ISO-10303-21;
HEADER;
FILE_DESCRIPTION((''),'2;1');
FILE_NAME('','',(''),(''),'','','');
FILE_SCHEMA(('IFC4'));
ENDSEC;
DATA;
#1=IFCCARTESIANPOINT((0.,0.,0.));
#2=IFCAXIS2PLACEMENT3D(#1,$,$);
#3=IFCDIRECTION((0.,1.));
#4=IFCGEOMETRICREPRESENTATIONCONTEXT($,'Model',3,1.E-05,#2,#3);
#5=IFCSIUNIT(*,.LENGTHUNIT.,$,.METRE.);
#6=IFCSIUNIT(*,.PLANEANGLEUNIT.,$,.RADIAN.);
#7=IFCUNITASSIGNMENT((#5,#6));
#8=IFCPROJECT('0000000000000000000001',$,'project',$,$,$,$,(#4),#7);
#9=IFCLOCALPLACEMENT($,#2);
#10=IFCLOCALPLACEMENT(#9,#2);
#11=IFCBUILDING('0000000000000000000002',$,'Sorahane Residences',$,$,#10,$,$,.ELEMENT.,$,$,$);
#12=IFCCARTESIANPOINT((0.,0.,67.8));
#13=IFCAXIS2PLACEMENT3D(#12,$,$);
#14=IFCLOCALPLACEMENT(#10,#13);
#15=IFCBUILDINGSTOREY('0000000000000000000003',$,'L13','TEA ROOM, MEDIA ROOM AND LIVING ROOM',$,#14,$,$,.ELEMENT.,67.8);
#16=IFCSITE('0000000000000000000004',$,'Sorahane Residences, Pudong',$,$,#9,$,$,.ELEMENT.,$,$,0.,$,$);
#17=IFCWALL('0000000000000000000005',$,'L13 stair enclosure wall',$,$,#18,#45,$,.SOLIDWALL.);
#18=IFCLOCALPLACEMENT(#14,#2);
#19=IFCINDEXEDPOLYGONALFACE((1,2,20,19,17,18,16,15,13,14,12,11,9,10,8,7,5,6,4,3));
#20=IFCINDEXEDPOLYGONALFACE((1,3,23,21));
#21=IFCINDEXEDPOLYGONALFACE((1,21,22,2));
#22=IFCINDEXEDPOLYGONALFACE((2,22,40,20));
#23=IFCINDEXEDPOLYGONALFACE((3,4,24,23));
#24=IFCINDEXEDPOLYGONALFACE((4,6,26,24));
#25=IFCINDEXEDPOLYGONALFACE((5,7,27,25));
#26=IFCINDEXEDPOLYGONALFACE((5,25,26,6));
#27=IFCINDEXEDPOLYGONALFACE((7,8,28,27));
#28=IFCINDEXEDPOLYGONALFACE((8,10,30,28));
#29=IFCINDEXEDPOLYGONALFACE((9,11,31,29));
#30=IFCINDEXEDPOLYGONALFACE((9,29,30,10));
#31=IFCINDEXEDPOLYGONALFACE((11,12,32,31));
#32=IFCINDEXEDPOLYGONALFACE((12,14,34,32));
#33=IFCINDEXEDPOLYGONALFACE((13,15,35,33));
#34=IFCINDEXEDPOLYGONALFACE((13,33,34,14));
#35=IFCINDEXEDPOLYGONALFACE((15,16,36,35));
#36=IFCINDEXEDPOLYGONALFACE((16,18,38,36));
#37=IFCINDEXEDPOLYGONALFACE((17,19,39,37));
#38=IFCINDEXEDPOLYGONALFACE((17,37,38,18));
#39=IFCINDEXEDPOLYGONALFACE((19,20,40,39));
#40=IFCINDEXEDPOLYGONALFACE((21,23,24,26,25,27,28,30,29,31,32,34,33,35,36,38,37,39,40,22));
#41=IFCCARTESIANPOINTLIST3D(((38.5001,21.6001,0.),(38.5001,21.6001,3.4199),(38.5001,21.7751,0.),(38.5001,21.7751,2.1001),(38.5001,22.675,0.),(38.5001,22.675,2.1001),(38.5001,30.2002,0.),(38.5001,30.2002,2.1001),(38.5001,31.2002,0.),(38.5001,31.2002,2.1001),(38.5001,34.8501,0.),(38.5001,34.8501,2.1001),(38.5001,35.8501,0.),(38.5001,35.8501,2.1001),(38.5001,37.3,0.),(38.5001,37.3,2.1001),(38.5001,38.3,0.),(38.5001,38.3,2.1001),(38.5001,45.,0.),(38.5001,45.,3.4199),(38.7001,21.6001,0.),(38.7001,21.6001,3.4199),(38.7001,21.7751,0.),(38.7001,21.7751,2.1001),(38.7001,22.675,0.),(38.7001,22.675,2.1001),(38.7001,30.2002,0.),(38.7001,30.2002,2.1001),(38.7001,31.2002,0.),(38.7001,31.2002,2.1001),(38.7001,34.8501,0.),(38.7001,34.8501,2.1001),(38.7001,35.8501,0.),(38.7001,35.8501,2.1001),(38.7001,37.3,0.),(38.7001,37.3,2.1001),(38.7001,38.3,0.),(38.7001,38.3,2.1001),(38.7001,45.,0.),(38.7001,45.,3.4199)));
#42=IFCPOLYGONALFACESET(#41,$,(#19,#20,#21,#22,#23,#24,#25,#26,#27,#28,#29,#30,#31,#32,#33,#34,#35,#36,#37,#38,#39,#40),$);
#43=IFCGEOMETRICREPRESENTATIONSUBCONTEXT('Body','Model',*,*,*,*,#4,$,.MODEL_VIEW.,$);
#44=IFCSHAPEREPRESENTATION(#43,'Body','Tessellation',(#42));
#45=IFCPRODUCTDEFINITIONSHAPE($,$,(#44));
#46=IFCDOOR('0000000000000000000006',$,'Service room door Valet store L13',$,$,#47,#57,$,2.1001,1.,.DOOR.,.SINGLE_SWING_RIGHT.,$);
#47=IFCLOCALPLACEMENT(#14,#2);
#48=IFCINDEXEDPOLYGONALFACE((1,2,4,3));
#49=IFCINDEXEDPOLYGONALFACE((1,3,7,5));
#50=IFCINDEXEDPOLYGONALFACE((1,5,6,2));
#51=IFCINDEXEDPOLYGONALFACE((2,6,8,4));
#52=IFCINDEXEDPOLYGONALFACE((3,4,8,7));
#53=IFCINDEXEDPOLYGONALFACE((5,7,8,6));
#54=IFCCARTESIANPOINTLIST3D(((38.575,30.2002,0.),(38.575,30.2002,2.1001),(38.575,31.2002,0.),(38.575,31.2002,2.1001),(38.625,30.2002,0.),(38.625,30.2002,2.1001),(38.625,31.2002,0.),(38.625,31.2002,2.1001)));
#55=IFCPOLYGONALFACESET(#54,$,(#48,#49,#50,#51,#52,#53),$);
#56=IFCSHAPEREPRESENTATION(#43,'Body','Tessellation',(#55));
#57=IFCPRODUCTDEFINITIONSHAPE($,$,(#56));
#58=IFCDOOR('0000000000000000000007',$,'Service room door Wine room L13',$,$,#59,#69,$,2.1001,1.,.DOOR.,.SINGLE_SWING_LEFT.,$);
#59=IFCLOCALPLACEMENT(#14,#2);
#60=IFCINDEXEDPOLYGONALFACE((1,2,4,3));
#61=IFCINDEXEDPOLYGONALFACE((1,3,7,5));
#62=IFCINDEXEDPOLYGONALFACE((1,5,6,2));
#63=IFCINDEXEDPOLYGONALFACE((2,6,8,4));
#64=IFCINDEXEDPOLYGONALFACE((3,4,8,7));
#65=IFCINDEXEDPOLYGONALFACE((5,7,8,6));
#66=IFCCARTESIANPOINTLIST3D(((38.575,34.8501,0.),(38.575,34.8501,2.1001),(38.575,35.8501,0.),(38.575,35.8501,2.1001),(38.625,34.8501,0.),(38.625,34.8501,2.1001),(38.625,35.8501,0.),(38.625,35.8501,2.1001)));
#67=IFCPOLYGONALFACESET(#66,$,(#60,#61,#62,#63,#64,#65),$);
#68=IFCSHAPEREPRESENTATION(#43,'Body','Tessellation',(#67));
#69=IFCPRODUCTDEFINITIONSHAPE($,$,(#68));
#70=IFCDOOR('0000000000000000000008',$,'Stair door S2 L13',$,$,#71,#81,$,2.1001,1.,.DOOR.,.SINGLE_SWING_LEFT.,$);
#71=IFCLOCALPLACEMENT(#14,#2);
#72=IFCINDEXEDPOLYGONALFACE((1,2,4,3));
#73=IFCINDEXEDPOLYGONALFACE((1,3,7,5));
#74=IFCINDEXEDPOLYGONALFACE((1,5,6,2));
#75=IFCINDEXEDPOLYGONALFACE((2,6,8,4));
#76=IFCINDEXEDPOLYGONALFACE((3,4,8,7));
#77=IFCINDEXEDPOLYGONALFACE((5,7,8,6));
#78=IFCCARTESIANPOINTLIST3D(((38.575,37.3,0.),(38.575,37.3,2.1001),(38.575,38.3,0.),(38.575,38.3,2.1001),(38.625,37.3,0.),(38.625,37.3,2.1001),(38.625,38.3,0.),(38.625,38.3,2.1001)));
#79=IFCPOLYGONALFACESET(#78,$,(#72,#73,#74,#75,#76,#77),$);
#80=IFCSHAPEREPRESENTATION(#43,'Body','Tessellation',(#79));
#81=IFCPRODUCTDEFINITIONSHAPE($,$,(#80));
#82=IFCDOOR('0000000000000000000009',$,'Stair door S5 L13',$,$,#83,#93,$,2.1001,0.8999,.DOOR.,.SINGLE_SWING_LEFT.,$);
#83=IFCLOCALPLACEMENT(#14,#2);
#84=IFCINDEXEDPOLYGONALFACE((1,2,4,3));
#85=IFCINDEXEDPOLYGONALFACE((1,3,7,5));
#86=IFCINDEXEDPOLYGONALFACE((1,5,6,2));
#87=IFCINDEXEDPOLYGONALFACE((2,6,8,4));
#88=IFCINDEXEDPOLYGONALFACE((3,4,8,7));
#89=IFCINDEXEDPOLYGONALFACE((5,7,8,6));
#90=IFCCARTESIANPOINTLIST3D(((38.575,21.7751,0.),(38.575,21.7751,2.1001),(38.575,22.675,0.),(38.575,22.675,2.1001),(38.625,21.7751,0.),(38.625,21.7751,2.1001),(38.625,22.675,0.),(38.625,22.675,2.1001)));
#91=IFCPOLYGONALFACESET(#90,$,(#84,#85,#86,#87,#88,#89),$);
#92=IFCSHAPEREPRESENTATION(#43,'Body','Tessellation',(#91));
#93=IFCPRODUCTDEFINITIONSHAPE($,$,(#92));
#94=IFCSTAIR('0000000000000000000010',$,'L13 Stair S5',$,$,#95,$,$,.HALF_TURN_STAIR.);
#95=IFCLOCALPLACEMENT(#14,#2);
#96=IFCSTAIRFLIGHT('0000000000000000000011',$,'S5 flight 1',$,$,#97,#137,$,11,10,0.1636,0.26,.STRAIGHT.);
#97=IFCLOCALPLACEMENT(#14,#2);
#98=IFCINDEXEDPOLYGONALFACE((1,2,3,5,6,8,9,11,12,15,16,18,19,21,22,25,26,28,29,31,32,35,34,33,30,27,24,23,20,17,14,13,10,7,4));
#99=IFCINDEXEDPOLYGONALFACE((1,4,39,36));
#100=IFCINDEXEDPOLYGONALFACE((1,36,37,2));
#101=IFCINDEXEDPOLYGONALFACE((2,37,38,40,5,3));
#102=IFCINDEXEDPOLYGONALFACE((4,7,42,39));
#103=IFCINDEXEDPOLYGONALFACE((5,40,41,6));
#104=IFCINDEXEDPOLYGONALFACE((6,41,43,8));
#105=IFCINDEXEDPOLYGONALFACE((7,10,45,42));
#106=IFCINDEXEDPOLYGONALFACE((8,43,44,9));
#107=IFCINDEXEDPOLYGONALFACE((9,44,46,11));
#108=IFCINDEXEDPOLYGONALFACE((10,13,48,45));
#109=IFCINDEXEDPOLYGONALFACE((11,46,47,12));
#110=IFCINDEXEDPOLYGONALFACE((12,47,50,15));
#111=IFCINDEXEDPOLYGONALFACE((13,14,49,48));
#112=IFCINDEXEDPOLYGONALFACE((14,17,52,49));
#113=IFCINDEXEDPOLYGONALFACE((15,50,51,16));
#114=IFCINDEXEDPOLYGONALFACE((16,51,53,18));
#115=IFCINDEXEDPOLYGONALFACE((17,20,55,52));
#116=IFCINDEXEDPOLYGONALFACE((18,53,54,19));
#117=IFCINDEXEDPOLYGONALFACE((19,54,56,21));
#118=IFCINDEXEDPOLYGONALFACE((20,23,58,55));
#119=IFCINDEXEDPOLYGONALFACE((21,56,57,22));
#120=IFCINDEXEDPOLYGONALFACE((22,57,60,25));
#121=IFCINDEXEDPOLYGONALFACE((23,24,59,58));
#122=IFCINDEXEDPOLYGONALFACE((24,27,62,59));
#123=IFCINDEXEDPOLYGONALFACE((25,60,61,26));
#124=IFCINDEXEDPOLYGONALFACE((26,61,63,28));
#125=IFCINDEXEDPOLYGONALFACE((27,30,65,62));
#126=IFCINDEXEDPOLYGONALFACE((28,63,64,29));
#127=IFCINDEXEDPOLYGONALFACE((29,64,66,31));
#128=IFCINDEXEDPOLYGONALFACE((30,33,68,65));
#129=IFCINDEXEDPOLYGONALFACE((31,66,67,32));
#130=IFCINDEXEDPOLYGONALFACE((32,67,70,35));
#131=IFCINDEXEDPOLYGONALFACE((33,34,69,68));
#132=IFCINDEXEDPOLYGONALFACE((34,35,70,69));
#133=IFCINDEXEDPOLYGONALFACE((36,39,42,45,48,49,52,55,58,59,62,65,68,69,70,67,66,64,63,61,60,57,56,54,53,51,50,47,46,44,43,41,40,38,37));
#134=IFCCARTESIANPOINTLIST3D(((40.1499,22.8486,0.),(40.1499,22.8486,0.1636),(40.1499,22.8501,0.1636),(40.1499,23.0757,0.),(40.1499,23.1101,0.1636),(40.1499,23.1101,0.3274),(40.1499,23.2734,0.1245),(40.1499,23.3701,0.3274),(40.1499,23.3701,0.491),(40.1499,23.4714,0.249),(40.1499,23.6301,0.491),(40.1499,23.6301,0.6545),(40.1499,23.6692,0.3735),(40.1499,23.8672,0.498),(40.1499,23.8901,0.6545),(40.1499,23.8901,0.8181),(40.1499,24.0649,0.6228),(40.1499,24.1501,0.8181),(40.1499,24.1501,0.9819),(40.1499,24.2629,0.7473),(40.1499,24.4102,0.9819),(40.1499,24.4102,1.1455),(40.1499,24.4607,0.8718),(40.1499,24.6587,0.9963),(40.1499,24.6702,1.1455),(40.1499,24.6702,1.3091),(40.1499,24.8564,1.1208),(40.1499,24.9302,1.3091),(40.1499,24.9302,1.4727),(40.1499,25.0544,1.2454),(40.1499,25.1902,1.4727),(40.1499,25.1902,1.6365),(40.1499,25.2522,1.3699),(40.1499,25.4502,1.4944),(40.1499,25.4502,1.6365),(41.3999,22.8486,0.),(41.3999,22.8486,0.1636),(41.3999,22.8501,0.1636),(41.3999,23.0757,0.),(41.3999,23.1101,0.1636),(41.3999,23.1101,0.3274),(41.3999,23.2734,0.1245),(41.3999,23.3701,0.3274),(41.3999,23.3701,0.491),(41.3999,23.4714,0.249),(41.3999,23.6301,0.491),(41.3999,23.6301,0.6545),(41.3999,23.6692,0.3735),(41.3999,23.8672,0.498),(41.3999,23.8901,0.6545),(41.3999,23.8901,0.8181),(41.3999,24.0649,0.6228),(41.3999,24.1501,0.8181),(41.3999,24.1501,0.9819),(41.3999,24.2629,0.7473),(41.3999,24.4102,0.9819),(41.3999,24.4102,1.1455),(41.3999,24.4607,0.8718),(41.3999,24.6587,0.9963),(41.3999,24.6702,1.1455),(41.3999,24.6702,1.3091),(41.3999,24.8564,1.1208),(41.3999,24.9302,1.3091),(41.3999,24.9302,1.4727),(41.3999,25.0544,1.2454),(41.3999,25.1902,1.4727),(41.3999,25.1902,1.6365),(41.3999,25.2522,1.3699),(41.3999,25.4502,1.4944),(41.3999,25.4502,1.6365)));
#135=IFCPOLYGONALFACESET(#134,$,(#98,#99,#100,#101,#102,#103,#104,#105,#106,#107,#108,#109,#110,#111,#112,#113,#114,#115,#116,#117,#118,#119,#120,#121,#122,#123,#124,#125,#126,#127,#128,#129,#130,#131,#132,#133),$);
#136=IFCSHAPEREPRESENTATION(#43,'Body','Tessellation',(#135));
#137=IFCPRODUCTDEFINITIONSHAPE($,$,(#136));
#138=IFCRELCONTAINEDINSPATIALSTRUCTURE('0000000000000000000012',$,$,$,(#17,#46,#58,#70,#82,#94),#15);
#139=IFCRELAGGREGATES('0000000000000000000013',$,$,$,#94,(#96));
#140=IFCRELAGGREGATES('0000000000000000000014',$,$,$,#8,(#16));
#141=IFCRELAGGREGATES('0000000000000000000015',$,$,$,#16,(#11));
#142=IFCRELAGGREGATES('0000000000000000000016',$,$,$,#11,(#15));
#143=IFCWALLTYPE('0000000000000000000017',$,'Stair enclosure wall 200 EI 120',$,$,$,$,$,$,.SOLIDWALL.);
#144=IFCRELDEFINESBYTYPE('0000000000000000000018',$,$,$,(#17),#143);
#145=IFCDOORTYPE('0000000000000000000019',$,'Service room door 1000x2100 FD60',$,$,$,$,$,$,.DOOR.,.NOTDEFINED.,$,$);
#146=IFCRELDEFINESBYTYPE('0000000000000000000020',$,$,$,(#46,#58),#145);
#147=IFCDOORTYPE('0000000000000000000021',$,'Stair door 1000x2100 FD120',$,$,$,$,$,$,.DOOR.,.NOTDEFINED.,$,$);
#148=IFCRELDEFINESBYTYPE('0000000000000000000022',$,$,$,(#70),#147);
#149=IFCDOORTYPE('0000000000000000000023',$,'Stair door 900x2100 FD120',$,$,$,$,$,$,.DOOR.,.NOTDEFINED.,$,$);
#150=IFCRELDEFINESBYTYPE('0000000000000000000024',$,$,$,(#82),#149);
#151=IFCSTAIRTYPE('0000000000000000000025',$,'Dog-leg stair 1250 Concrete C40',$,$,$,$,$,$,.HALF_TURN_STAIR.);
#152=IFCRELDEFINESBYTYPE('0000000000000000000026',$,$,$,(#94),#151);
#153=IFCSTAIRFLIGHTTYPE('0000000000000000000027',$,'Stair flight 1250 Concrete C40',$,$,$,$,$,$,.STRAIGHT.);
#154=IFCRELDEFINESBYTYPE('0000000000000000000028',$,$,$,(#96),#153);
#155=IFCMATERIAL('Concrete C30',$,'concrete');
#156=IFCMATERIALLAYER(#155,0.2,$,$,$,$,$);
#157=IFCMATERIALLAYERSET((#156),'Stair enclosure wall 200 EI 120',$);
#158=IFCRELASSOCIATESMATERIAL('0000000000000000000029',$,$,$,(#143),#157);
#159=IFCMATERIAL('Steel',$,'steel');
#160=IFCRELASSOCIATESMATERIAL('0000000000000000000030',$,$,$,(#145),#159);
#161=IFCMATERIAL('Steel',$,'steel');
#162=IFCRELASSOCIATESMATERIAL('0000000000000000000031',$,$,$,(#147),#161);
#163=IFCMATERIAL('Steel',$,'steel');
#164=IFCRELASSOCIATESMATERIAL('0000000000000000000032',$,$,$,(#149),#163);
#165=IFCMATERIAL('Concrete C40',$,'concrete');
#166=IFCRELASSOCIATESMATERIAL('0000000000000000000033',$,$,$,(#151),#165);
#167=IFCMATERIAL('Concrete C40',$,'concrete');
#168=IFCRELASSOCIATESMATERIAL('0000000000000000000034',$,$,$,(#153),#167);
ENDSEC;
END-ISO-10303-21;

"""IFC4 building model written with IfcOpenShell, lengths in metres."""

from ifc_helpers import new_model, si_unit, direction, frame, frame_2d, origin, place, context, subcontext, project, spatial, polyline, rectangle, outline, extrude, material, layer, layer_set, type_object, element, fill, aggregate, save


model = new_model("IFC4")

# Units and contexts
model_context = context("Model", 3, precision=1e-05, world=origin(), true_north=direction((0.0, 1.0)))
body_context = subcontext(model_context, "Body", "Model", "MODEL_VIEW")
ifc_project = project(units=[si_unit("LENGTHUNIT", "METRE"), si_unit("PLANEANGLEUNIT", "RADIAN")], contexts=[model_context])

# Site, building, storey
site_placement = place(None, origin())
site = spatial("IfcSite", under=ifc_project, at=site_placement, Name="Sorahane Residences, Pudong", CompositionType="ELEMENT", RefElevation=0.0)
building_placement = place(site_placement, origin())
building = spatial("IfcBuilding", under=site, at=building_placement, Name="Sorahane Residences", CompositionType="ELEMENT")
storey_placement = place(building_placement, frame((0.0, 0.0, 67.8)))
storey = spatial("IfcBuildingStorey", under=building, at=storey_placement, Name="L13", Description="TEA ROOM, MEDIA ROOM AND LIVING ROOM", CompositionType="ELEMENT", Elevation=67.8)

# Wall, openings, doors
ifc_material_1 = material(Name="Concrete C30", Category="concrete")
ifc_layer_1 = layer(ifc_material_1, 0.2)
ifc_layer_set_1 = layer_set([ifc_layer_1], Name="Stair enclosure wall 200 EI 120")
wall_type_1 = type_object("IfcWallType", Name="Stair enclosure wall 200 EI 120", PredefinedType="SOLIDWALL", material=ifc_layer_set_1)
wall_1_placement = place(storey_placement, frame((38.6001, 21.6001, 0.0), z_axis=(0.0, 0.0, 1.0), x_axis=(0.0, 1.0, 0.0)))
wall_1 = element("IfcWall", 1, at=wall_1_placement, inside=storey, type_object=wall_type_1, Name="L13 stair enclosure wall", PredefinedType="SOLIDWALL", context=body_context, shape_type="SweptSolid", body=[
    extrude(rectangle(XDim=23.3999, YDim=0.2, at=frame_2d((11.7, 0.0))), origin(), (0.0, 0.0, 1.0), 3.4199),
])
opening_1_placement = place(wall_1_placement, frame((8.6001, 0.0, 0.0)))
opening_1 = element("IfcOpeningElement", 2, at=opening_1_placement, cuts=wall_1, PredefinedType="OPENING", context=body_context, shape_type="SweptSolid", body=[
    extrude(rectangle(XDim=1.0, YDim=2.1001, at=frame_2d((0.5, 1.05))), frame((0.0, 0.1099, 0.0), z_axis=(0.0, -1.0, 0.0), x_axis=(1.0, 0.0, 0.0)), (0.0, 0.0, 1.0), 0.22),
])
opening_2_placement = place(wall_1_placement, frame((13.25, 0.0, 0.0)))
opening_2 = element("IfcOpeningElement", 3, at=opening_2_placement, cuts=wall_1, PredefinedType="OPENING", context=body_context, shape_type="SweptSolid", body=[
    extrude(rectangle(XDim=1.0, YDim=2.1001, at=frame_2d((0.5, 1.05))), frame((0.0, 0.1099, 0.0), z_axis=(0.0, -1.0, 0.0), x_axis=(1.0, 0.0, 0.0)), (0.0, 0.0, 1.0), 0.22),
])
opening_3_placement = place(wall_1_placement, frame((15.7, 0.0, 0.0)))
opening_3 = element("IfcOpeningElement", 4, at=opening_3_placement, cuts=wall_1, PredefinedType="OPENING", context=body_context, shape_type="SweptSolid", body=[
    extrude(rectangle(XDim=1.0, YDim=2.1001, at=frame_2d((0.5, 1.05))), frame((0.0, 0.1099, 0.0), z_axis=(0.0, -1.0, 0.0), x_axis=(1.0, 0.0, 0.0)), (0.0, 0.0, 1.0), 0.22),
])
opening_4_placement = place(wall_1_placement, frame((0.175, 0.0, 0.0)))
opening_4 = element("IfcOpeningElement", 5, at=opening_4_placement, cuts=wall_1, PredefinedType="OPENING", context=body_context, shape_type="SweptSolid", body=[
    extrude(rectangle(XDim=0.8999, YDim=2.1001, at=frame_2d((0.45, 1.05))), frame((0.0, 0.1099, 0.0), z_axis=(0.0, -1.0, 0.0), x_axis=(1.0, 0.0, 0.0)), (0.0, 0.0, 1.0), 0.22),
])
ifc_material_2 = material(Name="Steel", Category="steel")
door_type_1 = type_object("IfcDoorType", Name="Service room door 1000x2100 FD60", OperationType="NOTDEFINED", PredefinedType="DOOR", material=ifc_material_2)
door_1_placement = place(opening_1_placement, frame((1.0, 0.0, 0.0), z_axis=(0.0, 0.0, 1.0), x_axis=(-1.0, 0.0, 0.0)))
door_1 = element("IfcDoor", 6, at=door_1_placement, inside=storey, type_object=door_type_1, Name="Service room door Valet store L13", OperationType="SINGLE_SWING_RIGHT", OverallHeight=2.1001, OverallWidth=1.0, PredefinedType="DOOR", context=body_context, shape_type="SweptSolid", body=[
    extrude(rectangle(XDim=1.0, YDim=2.1001, at=frame_2d((0.5, 1.05))), frame((0.0, 0.0249, 0.0), z_axis=(0.0, -1.0, 0.0), x_axis=(1.0, 0.0, 0.0)), (0.0, 0.0, 1.0), 0.05),
])
fill(opening_1, door_1)
door_2_placement = place(opening_2_placement, frame((1.0, 0.0, 0.0), z_axis=(0.0, 0.0, 1.0), x_axis=(-1.0, 0.0, 0.0)))
door_2 = element("IfcDoor", 7, at=door_2_placement, inside=storey, type_object=door_type_1, Name="Service room door Wine room L13", OperationType="SINGLE_SWING_LEFT", OverallHeight=2.1001, OverallWidth=1.0, PredefinedType="DOOR", context=body_context, shape_type="SweptSolid", body=[
    extrude(rectangle(XDim=1.0, YDim=2.1001, at=frame_2d((0.5, 1.05))), frame((0.0, 0.0249, 0.0), z_axis=(0.0, -1.0, 0.0), x_axis=(1.0, 0.0, 0.0)), (0.0, 0.0, 1.0), 0.05),
])
fill(opening_2, door_2)
ifc_material_3 = material(Name="Steel", Category="steel")
door_type_2 = type_object("IfcDoorType", Name="Stair door 1000x2100 FD120", OperationType="NOTDEFINED", PredefinedType="DOOR", material=ifc_material_3)
door_3_placement = place(opening_3_placement, frame((1.0, 0.0, 0.0), z_axis=(0.0, 0.0, 1.0), x_axis=(-1.0, 0.0, 0.0)))
door_3 = element("IfcDoor", 8, at=door_3_placement, inside=storey, type_object=door_type_2, Name="Stair door S2 L13", OperationType="SINGLE_SWING_LEFT", OverallHeight=2.1001, OverallWidth=1.0, PredefinedType="DOOR", context=body_context, shape_type="SweptSolid", body=[
    extrude(rectangle(XDim=1.0, YDim=2.1001, at=frame_2d((0.5, 1.05))), frame((0.0, 0.0249, 0.0), z_axis=(0.0, -1.0, 0.0), x_axis=(1.0, 0.0, 0.0)), (0.0, 0.0, 1.0), 0.05),
])
fill(opening_3, door_3)
ifc_material_4 = material(Name="Steel", Category="steel")
door_type_3 = type_object("IfcDoorType", Name="Stair door 900x2100 FD120", OperationType="NOTDEFINED", PredefinedType="DOOR", material=ifc_material_4)
door_4_placement = place(opening_4_placement, frame((0.8999, 0.0, 0.0), z_axis=(0.0, 0.0, 1.0), x_axis=(-1.0, 0.0, 0.0)))
door_4 = element("IfcDoor", 9, at=door_4_placement, inside=storey, type_object=door_type_3, Name="Stair door S5 L13", OperationType="SINGLE_SWING_LEFT", OverallHeight=2.1001, OverallWidth=0.8999, PredefinedType="DOOR", context=body_context, shape_type="SweptSolid", body=[
    extrude(rectangle(XDim=0.8999, YDim=2.1001, at=frame_2d((0.45, 1.05))), frame((0.0, 0.0249, 0.0), z_axis=(0.0, -1.0, 0.0), x_axis=(1.0, 0.0, 0.0)), (0.0, 0.0, 1.0), 0.05),
])
fill(opening_4, door_4)

# Stair, stair flight
ifc_material_5 = material(Name="Concrete C40", Category="concrete")
stair_type = type_object("IfcStairType", Name="Dog-leg stair 1250 Concrete C40", PredefinedType="HALF_TURN_STAIR", material=ifc_material_5)
stair_placement = place(storey_placement, origin())
stair = element("IfcStair", 10, at=stair_placement, inside=storey, type_object=stair_type, Name="L13 Stair S5", PredefinedType="HALF_TURN_STAIR")
ifc_material_6 = material(Name="Concrete C40", Category="concrete")
stair_flight_type = type_object("IfcStairFlightType", Name="Stair flight 1250 Concrete C40", PredefinedType="STRAIGHT", material=ifc_material_6)
stair_flight_placement = place(storey_placement, frame((40.7749, 22.8501, 0.0), z_axis=(0.0, 0.0, 1.0), x_axis=(0.0, 1.0, 0.0)))
stair_flight = element("IfcStairFlight", 11, at=stair_flight_placement, type_object=stair_flight_type, Name="S5 flight 1", NumberOfRisers=11, NumberOfTreads=10, PredefinedType="STRAIGHT", RiserHeight=0.1636, TreadLength=0.26, context=body_context, shape_type="SweptSolid", body=[
    extrude(outline(polyline([(-0.0015, 0.0), (-0.0015, 0.1636), (0.0, 0.1636), (0.26, 0.1636), (0.26, 0.3274), (0.52, 0.3274), (0.52, 0.491), (0.78, 0.491), (0.78, 0.6545), (1.04, 0.6545), (1.04, 0.8181), (1.3, 0.8181), (1.3, 0.9819), (1.5601, 0.9819), (1.5601, 1.1455), (1.8201, 1.1455), (1.8201, 1.3091), (2.0801, 1.3091), (2.0801, 1.4727), (2.3401, 1.4727), (2.3401, 1.6365), (2.6001, 1.6365), (2.6001, 1.8), (2.6001, 1.4944), (2.4021, 1.3699), (2.2043, 1.2454), (2.0063, 1.1208), (1.8086, 0.9963), (1.6106, 0.8718), (1.4128, 0.7473), (1.2148, 0.6228), (1.0171, 0.498), (0.8191, 0.3735), (0.6213, 0.249), (0.4233, 0.1245), (0.2256, 0.0), (-0.0015, 0.0)])), frame((0.0, 0.625, 0.0), z_axis=(0.0, -1.0, 0.0), x_axis=(1.0, 0.0, 0.0)), (0.0, 0.0, 1.0), 1.25),
])
aggregate(stair, [stair_flight])

save(model, "model.ifc")
